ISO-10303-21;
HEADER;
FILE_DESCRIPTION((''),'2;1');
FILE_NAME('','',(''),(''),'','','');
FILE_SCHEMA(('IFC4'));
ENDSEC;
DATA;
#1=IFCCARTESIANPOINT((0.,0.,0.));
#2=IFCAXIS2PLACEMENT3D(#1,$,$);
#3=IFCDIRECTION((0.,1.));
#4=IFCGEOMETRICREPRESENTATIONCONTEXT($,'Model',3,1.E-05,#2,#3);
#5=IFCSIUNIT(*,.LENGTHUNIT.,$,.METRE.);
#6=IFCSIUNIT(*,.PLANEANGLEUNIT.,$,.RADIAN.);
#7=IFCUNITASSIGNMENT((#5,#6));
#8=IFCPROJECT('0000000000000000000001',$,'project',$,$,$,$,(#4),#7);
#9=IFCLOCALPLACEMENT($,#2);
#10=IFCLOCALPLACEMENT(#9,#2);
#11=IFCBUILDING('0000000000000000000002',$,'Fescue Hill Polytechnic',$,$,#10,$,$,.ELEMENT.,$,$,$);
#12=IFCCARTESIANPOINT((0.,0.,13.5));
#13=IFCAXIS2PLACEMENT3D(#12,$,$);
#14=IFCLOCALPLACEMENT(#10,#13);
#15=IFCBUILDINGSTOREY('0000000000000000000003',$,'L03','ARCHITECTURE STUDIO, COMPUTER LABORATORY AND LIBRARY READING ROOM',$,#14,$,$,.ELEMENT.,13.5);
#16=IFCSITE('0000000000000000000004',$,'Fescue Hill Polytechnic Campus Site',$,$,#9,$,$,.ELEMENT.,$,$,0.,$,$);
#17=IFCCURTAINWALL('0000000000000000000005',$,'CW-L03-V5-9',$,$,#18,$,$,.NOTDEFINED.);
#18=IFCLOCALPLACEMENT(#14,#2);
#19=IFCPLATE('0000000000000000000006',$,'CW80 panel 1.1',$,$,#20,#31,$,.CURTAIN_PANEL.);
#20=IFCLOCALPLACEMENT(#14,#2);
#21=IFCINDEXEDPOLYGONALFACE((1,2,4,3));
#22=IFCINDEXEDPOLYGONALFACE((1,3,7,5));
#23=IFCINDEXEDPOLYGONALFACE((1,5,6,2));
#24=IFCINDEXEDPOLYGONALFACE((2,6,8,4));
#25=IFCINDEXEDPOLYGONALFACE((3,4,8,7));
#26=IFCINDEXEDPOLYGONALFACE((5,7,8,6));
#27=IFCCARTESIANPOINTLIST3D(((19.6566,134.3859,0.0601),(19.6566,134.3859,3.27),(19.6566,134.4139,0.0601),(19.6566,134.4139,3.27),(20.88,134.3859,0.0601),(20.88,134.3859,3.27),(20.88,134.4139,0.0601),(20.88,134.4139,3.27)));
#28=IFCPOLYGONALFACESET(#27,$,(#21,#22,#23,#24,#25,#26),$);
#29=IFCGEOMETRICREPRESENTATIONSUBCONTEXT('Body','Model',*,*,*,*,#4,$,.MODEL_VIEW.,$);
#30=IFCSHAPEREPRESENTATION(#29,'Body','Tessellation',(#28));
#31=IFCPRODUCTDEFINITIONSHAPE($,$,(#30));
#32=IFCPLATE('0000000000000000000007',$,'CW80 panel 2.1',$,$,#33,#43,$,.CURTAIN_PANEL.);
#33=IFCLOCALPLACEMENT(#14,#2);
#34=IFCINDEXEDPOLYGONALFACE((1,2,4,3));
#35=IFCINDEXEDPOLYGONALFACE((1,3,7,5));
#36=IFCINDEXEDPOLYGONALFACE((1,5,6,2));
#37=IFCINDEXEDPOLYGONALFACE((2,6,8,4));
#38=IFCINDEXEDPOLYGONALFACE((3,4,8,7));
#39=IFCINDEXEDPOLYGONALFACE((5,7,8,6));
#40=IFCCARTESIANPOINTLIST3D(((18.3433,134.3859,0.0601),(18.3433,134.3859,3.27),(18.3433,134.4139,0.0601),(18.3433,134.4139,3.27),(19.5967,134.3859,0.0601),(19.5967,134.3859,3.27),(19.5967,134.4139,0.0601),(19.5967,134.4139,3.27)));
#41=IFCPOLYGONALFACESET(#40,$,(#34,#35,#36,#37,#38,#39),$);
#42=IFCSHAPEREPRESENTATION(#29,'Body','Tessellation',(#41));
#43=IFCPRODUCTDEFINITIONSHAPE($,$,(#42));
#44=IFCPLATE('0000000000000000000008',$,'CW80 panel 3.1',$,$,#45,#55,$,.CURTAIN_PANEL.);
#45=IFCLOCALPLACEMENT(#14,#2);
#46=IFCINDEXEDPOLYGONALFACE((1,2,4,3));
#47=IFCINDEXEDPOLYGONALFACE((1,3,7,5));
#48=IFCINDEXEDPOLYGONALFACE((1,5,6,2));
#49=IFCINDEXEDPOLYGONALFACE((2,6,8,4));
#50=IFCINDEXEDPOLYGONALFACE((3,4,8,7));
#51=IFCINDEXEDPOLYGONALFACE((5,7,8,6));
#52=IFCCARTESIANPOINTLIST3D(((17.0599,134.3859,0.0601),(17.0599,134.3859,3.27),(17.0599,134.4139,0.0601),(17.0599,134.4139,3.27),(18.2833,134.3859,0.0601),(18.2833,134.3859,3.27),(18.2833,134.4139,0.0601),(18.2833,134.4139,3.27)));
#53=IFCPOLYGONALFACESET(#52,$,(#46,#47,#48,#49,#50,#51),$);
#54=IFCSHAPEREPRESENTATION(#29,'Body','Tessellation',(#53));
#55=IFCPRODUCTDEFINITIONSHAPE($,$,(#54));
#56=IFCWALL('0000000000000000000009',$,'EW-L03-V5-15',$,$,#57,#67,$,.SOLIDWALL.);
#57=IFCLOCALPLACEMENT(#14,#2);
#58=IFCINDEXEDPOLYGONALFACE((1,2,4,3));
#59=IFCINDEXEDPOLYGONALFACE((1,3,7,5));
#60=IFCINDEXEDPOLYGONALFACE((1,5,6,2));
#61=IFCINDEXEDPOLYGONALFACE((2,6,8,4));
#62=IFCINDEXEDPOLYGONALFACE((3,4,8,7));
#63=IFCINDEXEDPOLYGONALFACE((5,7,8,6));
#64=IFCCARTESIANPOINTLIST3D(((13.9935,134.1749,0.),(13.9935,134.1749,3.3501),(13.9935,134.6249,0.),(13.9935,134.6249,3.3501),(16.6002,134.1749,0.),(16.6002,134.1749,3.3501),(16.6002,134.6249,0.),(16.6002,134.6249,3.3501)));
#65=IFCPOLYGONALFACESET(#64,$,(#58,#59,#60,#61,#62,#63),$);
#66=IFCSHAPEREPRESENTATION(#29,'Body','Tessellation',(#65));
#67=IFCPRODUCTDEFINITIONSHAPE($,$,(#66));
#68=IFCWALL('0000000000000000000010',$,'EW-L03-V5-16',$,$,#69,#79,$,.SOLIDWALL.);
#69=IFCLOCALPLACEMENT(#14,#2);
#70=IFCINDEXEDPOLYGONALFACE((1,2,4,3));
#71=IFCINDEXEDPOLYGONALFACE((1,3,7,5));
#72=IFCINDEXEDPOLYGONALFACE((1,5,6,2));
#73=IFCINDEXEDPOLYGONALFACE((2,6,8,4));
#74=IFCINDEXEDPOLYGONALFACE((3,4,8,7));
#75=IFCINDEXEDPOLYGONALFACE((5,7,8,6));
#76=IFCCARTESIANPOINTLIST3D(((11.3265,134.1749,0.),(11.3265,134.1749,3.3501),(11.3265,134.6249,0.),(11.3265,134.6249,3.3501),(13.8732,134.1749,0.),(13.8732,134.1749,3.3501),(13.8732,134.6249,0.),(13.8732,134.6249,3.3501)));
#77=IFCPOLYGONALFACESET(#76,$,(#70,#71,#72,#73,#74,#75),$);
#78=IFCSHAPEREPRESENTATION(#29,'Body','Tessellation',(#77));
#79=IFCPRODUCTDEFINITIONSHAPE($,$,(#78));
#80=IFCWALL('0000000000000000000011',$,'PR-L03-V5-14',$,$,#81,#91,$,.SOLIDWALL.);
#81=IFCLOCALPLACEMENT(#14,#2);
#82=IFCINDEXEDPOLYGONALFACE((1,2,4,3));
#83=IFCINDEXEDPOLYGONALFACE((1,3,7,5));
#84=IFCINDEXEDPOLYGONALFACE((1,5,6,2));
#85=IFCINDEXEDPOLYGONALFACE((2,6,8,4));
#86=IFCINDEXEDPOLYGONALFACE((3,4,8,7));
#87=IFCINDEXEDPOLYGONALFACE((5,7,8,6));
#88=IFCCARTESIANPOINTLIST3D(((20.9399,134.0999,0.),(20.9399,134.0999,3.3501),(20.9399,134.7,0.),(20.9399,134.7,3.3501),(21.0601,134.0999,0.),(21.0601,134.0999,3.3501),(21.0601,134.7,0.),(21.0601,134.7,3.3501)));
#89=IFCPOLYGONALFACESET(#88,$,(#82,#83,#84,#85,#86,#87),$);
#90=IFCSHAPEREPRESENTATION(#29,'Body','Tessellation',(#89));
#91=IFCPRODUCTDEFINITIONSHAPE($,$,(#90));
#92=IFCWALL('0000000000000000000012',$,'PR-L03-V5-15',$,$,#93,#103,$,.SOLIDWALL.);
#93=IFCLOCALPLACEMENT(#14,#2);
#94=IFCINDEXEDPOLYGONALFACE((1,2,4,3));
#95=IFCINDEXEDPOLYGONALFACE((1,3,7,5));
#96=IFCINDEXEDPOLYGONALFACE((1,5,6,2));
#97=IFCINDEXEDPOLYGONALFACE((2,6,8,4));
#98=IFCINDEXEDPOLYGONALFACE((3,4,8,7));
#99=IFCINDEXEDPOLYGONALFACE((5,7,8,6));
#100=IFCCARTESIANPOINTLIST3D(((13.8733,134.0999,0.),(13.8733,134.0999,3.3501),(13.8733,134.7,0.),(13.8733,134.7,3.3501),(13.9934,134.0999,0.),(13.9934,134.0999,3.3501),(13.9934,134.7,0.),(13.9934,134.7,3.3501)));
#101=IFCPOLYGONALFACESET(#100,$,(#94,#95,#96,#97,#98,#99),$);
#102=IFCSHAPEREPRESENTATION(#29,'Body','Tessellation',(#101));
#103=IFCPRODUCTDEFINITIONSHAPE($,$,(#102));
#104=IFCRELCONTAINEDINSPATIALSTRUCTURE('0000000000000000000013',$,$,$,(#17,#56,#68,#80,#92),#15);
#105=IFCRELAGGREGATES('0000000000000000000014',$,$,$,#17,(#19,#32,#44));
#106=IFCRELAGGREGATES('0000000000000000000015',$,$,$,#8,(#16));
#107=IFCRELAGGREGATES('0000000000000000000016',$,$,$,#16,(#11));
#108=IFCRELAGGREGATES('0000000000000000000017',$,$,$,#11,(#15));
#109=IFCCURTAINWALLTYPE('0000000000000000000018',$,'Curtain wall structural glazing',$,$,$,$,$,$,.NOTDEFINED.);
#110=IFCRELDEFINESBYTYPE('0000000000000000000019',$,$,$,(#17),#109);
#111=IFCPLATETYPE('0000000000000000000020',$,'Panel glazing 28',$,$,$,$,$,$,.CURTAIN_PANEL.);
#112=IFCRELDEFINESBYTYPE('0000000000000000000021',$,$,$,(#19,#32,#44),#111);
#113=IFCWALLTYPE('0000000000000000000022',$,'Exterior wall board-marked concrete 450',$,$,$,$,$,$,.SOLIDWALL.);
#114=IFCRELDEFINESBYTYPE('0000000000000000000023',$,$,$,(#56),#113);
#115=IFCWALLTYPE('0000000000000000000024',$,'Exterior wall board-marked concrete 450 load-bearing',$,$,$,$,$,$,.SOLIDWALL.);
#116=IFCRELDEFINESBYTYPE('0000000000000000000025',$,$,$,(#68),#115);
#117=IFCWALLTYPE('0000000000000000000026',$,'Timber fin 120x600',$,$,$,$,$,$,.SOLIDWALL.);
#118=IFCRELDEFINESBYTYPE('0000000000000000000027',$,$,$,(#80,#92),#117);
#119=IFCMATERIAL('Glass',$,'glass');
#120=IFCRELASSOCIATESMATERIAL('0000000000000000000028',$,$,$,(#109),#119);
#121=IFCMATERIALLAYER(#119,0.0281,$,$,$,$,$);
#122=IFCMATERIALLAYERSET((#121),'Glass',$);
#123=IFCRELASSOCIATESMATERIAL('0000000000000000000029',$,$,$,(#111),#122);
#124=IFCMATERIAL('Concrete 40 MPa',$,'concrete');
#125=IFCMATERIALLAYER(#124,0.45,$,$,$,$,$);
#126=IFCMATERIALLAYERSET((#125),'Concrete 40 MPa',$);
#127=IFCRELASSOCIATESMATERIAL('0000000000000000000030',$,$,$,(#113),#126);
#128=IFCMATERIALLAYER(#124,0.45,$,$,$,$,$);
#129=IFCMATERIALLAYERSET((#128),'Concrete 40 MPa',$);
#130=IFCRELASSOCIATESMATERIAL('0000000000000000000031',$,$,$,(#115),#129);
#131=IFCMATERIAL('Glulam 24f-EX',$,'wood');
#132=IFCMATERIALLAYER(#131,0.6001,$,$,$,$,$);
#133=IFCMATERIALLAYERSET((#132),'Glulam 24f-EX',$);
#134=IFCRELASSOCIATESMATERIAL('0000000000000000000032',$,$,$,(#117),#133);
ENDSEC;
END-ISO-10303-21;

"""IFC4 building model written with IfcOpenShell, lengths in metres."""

from ifc_helpers import new_model, si_unit, direction, frame, frame_2d, origin, origin_2d, place, context, subcontext, project, spatial, rectangle, extrude, material, layer, layer_set, type_object, element, aggregate, save


model = new_model("IFC4")

# Units and contexts
model_context = context("Model", 3, precision=1e-05, world=origin(), true_north=direction((0.0, 1.0)))
body_context = subcontext(model_context, "Body", "Model", "MODEL_VIEW")
ifc_project = project(units=[si_unit("LENGTHUNIT", "METRE"), si_unit("PLANEANGLEUNIT", "RADIAN")], contexts=[model_context])

# Site, building, storey
site_placement = place(None, origin())
site = spatial("IfcSite", under=ifc_project, at=site_placement, Name="Fescue Hill Polytechnic Campus Site", CompositionType="ELEMENT", RefElevation=0.0)
building_placement = place(site_placement, origin())
building = spatial("IfcBuilding", under=site, at=building_placement, Name="Fescue Hill Polytechnic", CompositionType="ELEMENT")
storey_placement = place(building_placement, frame((0.0, 0.0, 13.5)))
storey = spatial("IfcBuildingStorey", under=building, at=storey_placement, Name="L03", Description="ARCHITECTURE STUDIO, COMPUTER LABORATORY AND LIBRARY READING ROOM", CompositionType="ELEMENT", Elevation=13.5)

# Shared definitions
ifc_material_1 = material(Name="Concrete 40 MPa", Category="concrete")

# Shared definitions
ifc_material_2 = material(Name="Glass", Category="glass")
curtain_wall_type = type_object("IfcCurtainWallType", Name="Curtain wall structural glazing", PredefinedType="NOTDEFINED", material=ifc_material_2)

# Curtain wall, plates
curtain_wall_1_placement = place(storey_placement, origin())
curtain_wall_1 = element("IfcCurtainWall", 1, at=curtain_wall_1_placement, inside=storey, type_object=curtain_wall_type, Name="CW-L03-V5-9", PredefinedType="NOTDEFINED")
ifc_layer_1 = layer(ifc_material_2, 0.0281)
ifc_layer_set_1 = layer_set([ifc_layer_1], Name="Glass")
plate_type = type_object("IfcPlateType", Name="Panel glazing 28", PredefinedType="CURTAIN_PANEL", material=ifc_layer_set_1)
plate_1_placement = place(storey_placement, frame((20.2683, 134.3999, 0.0601), z_axis=(0.0, 0.0, 1.0), x_axis=(-1.0, 0.0, 0.0)))
plate_1 = element("IfcPlate", 2, at=plate_1_placement, type_object=plate_type, Name="CW80 panel 1.1", PredefinedType="CURTAIN_PANEL", context=body_context, shape_type="SweptSolid", body=[
    extrude(rectangle(XDim=1.2234, YDim=0.0281, at=origin_2d()), origin(), (0.0, 0.0, 1.0), 3.21),
])
plate_2_placement = place(storey_placement, frame((18.97, 134.3999, 0.0601), z_axis=(0.0, 0.0, 1.0), x_axis=(-1.0, 0.0, 0.0)))
plate_2 = element("IfcPlate", 3, at=plate_2_placement, type_object=plate_type, Name="CW80 panel 2.1", PredefinedType="CURTAIN_PANEL", context=body_context, shape_type="SweptSolid", body=[
    extrude(rectangle(XDim=1.2534, YDim=0.0281, at=origin_2d()), origin(), (0.0, 0.0, 1.0), 3.21),
])
plate_3_placement = place(storey_placement, frame((17.6716, 134.3999, 0.0601), z_axis=(0.0, 0.0, 1.0), x_axis=(-1.0, 0.0, 0.0)))
plate_3 = element("IfcPlate", 4, at=plate_3_placement, type_object=plate_type, Name="CW80 panel 3.1", PredefinedType="CURTAIN_PANEL", context=body_context, shape_type="SweptSolid", body=[
    extrude(rectangle(XDim=1.2234, YDim=0.0281, at=origin_2d()), origin(), (0.0, 0.0, 1.0), 3.21),
])
aggregate(curtain_wall_1, [plate_1, plate_2, plate_3])

# Walls
ifc_layer_2 = layer(ifc_material_1, 0.45)
ifc_layer_set_2 = layer_set([ifc_layer_2], Name="Concrete 40 MPa")
wall_type_1 = type_object("IfcWallType", Name="Exterior wall board-marked concrete 450", PredefinedType="SOLIDWALL", material=ifc_layer_set_2)
wall_1_placement = place(storey_placement, frame((16.6001, 134.3999, 0.0), z_axis=(0.0, 0.0, 1.0), x_axis=(-1.0, 0.0, 0.0)))
element("IfcWall", 5, at=wall_1_placement, inside=storey, type_object=wall_type_1, Name="EW-L03-V5-15", PredefinedType="SOLIDWALL", context=body_context, shape_type="SweptSolid", body=[
    extrude(rectangle(XDim=2.6067, YDim=0.45, at=frame_2d((1.3032, 0.0))), origin(), (0.0, 0.0, 1.0), 3.3501),
])
ifc_layer_3 = layer(ifc_material_1, 0.45)
ifc_layer_set_3 = layer_set([ifc_layer_3], Name="Concrete 40 MPa")
wall_type_2 = type_object("IfcWallType", Name="Exterior wall board-marked concrete 450 load-bearing", PredefinedType="SOLIDWALL", material=ifc_layer_set_3)
wall_2_placement = place(storey_placement, frame((13.8733, 134.3999, 0.0), z_axis=(0.0, 0.0, 1.0), x_axis=(-1.0, 0.0, 0.0)))
element("IfcWall", 6, at=wall_2_placement, inside=storey, type_object=wall_type_2, Name="EW-L03-V5-16", PredefinedType="SOLIDWALL", context=body_context, shape_type="SweptSolid", body=[
    extrude(rectangle(XDim=2.5466, YDim=0.45, at=frame_2d((1.2734, 0.0))), origin(), (0.0, 0.0, 1.0), 3.3501),
])
ifc_material_3 = material(Name="Glulam 24f-EX", Category="wood")
ifc_layer_4 = layer(ifc_material_3, 0.6001)
ifc_layer_set_4 = layer_set([ifc_layer_4], Name="Glulam 24f-EX")
wall_type_3 = type_object("IfcWallType", Name="Timber fin 120x600", PredefinedType="SOLIDWALL", material=ifc_layer_set_4)
for number, where, z_axis, x_axis, name in (
    (7, (21.0601, 134.3999, 0.0), (0.0, 0.0, 1.0), (-1.0, 0.0, 0.0), "PR-L03-V5-14"),
    (8, (13.9934, 134.3999, 0.0), (0.0, 0.0, 1.0), (-1.0, 0.0, 0.0), "PR-L03-V5-15"),
):
    element("IfcWall", number, at=place(storey_placement, frame(where, z_axis=z_axis, x_axis=x_axis)), inside=storey, type_object=wall_type_3, Name=name, PredefinedType="SOLIDWALL", context=body_context, shape_type="SweptSolid", body=[
        extrude(rectangle(XDim=0.1201, YDim=0.6001, at=frame_2d((0.0601, 0.0))), origin(), (0.0, 0.0, 1.0), 3.3501),
    ])

save(model, "model.ifc")
